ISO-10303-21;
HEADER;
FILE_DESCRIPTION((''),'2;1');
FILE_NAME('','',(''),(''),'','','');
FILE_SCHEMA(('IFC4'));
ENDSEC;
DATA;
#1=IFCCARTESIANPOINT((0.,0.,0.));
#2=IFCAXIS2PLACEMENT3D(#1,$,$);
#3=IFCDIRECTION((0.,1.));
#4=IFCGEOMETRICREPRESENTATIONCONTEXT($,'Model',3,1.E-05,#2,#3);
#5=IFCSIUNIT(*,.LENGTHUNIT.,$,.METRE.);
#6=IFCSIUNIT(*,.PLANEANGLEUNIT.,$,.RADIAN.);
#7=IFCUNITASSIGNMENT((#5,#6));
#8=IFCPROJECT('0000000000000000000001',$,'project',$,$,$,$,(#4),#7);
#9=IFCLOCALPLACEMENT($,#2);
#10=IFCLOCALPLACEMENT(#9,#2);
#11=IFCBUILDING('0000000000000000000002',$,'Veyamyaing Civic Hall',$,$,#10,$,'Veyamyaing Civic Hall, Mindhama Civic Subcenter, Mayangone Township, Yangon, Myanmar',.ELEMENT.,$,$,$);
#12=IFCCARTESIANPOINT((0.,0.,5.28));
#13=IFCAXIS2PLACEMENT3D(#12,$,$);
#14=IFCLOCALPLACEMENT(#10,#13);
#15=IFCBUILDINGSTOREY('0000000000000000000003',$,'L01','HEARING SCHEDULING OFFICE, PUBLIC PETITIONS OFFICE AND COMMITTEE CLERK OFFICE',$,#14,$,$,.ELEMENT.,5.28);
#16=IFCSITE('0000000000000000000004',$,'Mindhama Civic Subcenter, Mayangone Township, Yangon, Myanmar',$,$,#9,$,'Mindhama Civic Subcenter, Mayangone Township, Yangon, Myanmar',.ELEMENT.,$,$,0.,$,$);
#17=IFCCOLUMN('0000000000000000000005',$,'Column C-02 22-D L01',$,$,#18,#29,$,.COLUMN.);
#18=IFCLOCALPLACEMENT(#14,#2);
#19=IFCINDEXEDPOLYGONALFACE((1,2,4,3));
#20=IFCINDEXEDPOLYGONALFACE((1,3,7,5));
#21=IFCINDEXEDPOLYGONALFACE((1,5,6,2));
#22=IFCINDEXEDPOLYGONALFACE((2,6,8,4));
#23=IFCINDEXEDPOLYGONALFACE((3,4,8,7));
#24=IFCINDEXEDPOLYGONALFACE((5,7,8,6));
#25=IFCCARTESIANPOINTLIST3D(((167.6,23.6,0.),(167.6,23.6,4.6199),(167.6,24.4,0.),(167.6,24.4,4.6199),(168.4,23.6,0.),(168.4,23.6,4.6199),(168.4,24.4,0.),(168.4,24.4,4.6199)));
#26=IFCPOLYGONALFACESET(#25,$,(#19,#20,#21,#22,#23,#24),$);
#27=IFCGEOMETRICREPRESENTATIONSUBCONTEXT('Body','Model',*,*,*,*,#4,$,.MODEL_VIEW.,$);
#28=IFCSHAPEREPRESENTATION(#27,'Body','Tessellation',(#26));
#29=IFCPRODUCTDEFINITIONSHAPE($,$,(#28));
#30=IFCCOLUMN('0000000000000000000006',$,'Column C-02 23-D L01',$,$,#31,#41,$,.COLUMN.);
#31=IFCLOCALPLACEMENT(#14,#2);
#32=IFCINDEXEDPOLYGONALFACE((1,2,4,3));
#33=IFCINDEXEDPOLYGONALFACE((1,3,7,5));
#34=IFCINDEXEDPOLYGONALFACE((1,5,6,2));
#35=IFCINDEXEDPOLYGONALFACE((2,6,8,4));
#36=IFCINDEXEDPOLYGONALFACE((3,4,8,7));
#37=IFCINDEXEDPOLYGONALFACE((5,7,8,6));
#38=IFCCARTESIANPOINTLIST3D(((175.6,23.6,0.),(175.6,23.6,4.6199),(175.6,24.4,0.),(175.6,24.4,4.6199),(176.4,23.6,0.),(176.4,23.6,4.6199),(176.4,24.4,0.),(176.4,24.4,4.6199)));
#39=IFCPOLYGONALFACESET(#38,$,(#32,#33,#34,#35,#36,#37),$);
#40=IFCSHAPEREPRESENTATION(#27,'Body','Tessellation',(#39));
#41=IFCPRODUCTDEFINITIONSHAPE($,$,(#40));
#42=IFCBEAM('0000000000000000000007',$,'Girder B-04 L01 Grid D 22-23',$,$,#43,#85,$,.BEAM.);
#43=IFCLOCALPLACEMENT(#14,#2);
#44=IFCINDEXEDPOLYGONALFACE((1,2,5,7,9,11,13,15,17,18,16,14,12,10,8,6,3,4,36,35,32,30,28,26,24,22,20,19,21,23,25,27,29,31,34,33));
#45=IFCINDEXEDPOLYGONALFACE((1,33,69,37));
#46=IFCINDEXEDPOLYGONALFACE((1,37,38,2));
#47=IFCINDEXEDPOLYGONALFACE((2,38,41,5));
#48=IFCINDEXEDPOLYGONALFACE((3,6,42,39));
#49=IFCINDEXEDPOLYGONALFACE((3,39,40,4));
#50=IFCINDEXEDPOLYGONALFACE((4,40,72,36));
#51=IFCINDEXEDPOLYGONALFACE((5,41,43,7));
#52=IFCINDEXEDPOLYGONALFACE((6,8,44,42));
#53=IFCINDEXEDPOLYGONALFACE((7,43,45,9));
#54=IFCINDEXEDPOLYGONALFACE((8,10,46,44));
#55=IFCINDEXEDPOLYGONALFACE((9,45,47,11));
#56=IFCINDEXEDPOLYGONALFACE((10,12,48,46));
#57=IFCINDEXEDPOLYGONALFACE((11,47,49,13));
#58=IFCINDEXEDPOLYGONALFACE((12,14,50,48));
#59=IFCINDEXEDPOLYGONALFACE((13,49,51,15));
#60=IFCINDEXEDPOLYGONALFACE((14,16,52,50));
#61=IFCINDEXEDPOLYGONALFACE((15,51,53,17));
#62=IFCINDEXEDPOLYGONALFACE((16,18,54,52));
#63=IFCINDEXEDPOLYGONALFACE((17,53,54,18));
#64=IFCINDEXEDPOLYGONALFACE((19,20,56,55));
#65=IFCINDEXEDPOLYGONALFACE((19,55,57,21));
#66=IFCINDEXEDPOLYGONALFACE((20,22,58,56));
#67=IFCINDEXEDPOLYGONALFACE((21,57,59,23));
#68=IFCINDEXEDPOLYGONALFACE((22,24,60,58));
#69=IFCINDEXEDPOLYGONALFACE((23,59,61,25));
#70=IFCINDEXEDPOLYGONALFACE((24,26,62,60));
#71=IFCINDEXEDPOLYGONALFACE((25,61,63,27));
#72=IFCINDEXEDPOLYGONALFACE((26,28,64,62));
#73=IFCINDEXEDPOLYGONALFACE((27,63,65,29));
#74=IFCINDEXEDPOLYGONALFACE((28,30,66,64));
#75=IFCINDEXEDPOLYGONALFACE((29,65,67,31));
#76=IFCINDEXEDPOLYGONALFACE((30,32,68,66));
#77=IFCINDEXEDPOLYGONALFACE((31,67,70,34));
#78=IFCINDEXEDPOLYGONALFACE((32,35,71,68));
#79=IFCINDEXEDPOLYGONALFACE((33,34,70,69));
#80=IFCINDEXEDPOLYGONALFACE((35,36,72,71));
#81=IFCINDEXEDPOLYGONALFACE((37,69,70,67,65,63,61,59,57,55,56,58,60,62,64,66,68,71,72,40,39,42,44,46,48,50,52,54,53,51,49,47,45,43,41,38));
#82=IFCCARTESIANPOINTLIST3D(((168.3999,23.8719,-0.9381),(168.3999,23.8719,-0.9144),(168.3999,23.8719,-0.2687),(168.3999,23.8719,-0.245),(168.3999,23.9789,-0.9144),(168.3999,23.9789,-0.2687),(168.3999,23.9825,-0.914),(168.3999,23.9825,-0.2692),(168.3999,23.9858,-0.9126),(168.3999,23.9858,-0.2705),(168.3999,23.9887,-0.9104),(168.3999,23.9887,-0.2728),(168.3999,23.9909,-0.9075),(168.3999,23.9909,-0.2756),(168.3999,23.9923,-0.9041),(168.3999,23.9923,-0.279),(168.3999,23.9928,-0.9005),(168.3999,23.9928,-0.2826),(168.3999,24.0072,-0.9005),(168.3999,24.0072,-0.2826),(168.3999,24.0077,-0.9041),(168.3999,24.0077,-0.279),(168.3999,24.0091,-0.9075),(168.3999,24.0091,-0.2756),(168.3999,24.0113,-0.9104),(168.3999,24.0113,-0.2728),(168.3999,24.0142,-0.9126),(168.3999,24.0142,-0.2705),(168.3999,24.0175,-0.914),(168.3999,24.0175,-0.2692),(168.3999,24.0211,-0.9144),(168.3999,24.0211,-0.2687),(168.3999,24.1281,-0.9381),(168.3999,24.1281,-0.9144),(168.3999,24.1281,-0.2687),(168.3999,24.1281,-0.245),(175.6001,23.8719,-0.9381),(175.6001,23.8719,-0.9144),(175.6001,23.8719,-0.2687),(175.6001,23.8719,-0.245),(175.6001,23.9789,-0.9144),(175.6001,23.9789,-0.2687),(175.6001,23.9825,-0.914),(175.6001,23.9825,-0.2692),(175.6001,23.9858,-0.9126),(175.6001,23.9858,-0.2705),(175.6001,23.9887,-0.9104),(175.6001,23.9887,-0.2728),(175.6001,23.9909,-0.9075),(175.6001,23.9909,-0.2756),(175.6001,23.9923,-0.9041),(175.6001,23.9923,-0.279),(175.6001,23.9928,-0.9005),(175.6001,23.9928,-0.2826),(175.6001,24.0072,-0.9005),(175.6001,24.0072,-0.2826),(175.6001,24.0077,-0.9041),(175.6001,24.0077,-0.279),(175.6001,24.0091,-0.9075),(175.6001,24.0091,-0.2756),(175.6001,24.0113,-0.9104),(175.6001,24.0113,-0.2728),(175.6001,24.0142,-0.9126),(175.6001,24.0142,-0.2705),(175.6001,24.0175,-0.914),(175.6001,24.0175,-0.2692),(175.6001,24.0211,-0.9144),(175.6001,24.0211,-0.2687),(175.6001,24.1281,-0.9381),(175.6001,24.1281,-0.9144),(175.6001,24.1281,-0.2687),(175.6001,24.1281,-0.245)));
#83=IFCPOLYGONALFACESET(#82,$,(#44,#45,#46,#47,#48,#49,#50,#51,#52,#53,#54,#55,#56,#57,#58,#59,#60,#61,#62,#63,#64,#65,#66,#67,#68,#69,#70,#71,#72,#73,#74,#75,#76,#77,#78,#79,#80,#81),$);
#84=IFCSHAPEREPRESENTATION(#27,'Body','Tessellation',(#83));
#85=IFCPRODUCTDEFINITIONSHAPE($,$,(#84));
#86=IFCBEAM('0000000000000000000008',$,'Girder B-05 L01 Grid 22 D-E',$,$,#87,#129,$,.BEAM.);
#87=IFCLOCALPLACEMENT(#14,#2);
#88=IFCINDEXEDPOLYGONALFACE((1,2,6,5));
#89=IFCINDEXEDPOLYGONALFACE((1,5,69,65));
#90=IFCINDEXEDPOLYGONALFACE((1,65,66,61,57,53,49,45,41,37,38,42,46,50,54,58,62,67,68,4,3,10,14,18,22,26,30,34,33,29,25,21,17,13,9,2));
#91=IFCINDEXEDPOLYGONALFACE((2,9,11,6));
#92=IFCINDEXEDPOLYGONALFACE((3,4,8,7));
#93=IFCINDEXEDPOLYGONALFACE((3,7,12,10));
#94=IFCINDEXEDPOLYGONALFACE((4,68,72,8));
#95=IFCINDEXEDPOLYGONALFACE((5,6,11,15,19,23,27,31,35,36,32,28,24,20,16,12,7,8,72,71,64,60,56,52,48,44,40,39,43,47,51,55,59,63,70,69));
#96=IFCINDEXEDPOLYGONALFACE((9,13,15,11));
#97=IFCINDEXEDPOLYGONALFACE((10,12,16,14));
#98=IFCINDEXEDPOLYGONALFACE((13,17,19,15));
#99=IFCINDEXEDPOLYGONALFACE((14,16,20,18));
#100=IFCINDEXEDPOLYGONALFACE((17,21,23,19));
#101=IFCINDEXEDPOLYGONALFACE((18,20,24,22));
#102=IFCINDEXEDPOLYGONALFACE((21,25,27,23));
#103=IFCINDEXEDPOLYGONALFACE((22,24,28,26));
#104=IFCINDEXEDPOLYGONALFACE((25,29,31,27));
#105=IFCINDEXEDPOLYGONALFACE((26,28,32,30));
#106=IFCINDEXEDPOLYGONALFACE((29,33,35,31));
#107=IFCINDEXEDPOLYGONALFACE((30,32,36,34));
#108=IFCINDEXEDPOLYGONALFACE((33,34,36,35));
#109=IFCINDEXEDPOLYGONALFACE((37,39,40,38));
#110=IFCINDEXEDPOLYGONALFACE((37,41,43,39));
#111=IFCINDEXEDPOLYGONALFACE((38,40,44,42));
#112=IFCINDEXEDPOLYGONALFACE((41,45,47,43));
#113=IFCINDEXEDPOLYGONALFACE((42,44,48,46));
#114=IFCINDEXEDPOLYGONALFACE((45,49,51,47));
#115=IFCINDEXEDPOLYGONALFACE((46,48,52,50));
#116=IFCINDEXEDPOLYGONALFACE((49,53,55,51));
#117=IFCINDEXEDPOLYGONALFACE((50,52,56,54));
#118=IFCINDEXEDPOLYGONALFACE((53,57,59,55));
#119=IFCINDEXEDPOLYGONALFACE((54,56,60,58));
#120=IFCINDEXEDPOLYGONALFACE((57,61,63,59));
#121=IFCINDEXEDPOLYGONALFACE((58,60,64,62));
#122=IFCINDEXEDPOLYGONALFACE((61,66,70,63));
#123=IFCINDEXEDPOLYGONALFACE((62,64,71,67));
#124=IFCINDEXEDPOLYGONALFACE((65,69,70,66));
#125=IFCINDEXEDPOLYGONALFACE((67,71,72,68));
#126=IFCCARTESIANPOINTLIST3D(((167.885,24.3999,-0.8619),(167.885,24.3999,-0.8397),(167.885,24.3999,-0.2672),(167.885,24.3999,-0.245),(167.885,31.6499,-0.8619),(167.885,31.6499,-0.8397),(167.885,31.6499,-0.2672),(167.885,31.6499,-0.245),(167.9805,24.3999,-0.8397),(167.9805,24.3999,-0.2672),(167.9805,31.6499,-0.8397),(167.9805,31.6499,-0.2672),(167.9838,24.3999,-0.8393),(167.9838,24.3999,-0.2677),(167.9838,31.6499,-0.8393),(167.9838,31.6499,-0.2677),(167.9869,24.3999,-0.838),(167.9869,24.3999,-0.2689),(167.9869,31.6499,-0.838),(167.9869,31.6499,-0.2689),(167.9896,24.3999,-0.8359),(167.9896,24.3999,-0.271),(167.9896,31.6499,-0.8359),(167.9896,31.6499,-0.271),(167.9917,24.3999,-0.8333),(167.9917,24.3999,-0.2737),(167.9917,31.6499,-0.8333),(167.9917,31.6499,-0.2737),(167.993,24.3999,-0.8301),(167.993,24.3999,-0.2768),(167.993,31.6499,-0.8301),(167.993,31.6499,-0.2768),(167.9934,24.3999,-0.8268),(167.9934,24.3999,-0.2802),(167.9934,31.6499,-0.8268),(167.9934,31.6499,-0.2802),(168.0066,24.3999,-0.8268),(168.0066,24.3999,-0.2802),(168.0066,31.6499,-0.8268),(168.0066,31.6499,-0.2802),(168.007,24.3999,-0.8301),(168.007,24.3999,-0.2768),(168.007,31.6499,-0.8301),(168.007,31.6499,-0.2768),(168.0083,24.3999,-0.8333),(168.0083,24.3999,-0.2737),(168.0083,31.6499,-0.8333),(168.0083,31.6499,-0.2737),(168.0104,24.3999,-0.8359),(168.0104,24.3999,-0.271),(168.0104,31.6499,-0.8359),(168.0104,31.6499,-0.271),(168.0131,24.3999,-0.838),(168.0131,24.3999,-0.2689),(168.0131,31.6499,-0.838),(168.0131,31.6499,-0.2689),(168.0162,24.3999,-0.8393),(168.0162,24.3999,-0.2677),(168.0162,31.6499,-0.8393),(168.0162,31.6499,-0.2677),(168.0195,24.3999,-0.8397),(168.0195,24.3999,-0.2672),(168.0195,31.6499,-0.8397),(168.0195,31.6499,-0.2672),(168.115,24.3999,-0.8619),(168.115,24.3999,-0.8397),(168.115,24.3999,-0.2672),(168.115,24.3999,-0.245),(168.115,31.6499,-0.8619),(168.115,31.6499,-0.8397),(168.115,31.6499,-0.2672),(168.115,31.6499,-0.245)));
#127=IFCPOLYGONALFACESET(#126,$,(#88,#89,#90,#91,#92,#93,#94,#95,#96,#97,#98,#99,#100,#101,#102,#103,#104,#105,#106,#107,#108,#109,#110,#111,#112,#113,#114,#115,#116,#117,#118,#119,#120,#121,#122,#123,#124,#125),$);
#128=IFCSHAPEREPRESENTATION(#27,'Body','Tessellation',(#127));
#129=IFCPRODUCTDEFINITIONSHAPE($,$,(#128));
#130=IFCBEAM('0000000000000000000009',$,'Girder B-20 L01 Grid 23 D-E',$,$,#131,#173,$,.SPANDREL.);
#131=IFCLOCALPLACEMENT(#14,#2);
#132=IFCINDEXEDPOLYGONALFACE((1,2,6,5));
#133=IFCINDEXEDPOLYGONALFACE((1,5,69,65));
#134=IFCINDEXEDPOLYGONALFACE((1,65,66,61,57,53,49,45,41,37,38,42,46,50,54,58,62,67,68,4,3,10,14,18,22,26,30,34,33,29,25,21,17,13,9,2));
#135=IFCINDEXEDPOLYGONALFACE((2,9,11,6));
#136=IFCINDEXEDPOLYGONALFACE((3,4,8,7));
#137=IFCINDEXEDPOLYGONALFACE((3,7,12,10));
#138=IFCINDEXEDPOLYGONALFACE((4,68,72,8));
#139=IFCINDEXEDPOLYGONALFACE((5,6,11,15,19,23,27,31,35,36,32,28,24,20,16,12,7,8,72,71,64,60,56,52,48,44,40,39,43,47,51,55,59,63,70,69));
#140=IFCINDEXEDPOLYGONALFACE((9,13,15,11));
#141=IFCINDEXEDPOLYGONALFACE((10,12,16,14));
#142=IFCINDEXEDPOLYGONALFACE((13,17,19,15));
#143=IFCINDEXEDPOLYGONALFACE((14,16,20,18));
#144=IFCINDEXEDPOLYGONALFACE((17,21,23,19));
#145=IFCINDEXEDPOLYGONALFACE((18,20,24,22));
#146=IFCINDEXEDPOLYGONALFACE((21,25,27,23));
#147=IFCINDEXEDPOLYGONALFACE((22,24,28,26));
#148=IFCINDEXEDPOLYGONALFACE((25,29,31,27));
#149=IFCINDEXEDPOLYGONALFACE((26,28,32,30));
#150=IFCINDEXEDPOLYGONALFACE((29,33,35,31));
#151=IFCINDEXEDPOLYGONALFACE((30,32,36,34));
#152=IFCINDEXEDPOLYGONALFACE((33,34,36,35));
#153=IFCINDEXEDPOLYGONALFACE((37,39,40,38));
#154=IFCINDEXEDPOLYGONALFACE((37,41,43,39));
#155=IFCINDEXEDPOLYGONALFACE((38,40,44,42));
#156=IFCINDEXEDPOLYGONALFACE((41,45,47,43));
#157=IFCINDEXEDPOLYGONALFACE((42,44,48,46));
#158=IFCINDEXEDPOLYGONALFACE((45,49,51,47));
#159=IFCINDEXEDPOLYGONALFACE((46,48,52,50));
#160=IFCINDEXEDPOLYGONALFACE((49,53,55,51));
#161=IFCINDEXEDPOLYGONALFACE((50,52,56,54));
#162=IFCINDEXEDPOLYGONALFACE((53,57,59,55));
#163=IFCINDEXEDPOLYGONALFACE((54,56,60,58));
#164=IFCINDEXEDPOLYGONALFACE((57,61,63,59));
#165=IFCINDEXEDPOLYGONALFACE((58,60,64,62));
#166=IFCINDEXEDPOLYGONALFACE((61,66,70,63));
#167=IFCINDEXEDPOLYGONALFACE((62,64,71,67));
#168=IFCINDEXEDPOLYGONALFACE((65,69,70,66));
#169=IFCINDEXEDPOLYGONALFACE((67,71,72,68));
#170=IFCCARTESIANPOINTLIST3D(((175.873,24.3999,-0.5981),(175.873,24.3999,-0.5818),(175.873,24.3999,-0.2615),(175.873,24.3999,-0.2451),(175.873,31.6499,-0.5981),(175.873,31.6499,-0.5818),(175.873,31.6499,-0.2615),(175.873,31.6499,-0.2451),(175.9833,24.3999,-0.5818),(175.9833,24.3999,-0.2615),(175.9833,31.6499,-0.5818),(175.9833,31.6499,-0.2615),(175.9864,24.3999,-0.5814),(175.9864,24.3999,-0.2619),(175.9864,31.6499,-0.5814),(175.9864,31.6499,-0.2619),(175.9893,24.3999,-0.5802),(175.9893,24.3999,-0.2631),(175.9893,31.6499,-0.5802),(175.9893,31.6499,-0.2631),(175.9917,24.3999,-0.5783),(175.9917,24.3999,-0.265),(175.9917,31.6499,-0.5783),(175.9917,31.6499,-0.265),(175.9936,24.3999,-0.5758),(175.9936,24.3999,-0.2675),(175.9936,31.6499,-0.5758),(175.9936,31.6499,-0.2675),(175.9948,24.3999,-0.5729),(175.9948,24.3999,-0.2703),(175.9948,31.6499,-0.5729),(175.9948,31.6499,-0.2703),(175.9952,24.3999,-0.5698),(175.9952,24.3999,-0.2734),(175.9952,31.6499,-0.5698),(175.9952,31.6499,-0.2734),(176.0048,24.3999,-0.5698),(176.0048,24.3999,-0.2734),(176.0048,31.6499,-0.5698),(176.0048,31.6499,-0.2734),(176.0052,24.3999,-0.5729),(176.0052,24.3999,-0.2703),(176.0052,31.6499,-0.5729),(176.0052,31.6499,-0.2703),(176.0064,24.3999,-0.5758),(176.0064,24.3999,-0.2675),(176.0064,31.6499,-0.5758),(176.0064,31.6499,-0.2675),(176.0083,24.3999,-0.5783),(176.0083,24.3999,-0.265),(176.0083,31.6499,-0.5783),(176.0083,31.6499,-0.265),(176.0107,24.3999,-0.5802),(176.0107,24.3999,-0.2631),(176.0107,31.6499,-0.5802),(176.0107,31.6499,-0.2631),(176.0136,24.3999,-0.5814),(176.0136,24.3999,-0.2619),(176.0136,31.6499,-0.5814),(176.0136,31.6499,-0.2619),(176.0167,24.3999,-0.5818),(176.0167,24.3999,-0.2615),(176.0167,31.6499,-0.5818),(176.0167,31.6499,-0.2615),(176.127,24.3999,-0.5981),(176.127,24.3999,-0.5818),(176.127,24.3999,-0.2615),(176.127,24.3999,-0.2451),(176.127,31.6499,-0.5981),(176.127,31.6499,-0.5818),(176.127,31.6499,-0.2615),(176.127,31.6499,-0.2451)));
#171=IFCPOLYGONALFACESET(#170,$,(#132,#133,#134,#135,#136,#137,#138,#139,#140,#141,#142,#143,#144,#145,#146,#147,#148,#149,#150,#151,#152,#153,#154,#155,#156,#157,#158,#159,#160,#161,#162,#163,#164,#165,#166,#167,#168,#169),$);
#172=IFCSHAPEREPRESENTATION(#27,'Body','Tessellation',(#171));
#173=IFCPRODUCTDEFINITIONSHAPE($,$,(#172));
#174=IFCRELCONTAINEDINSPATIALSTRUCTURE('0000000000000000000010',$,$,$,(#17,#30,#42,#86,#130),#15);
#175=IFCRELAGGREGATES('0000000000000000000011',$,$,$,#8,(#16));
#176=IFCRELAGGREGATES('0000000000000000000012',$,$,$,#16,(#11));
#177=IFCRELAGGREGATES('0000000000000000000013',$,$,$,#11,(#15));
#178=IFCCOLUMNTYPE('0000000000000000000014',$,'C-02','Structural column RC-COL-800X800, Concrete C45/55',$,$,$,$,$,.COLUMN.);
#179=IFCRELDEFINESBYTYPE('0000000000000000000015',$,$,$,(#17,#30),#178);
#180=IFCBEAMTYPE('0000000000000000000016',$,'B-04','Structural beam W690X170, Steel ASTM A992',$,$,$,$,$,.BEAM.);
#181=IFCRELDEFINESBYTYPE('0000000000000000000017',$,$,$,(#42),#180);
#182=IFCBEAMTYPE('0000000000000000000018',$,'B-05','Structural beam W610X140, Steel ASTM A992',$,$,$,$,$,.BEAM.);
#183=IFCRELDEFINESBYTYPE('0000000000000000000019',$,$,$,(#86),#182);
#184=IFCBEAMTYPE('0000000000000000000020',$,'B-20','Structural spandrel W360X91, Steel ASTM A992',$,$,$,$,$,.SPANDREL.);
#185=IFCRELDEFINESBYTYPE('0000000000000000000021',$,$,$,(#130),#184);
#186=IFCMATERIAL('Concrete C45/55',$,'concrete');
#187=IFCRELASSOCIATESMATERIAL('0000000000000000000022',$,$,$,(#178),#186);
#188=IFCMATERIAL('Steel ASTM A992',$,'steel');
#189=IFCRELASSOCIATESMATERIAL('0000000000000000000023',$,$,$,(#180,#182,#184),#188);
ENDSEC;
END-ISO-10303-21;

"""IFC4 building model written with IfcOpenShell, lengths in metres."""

from ifc_helpers import new_model, si_unit, direction, frame, origin, origin_2d, place, context, subcontext, project, spatial, rectangle, i_section, extrude, material, material_profile, profile_set, type_object, element, save


model = new_model("IFC4")

# Units and contexts
model_context = context("Model", 3, precision=1e-05, world=origin(), true_north=direction((0.0, 1.0)))
body_context = subcontext(model_context, "Body", "Model", "MODEL_VIEW")
ifc_project = project(units=[si_unit("LENGTHUNIT", "METRE"), si_unit("PLANEANGLEUNIT", "RADIAN")], contexts=[model_context])

# Site, building, storey
site_placement = place(None, origin())
site = spatial("IfcSite", under=ifc_project, at=site_placement, Name="Mindhama Civic Subcenter, Mayangone Township, Yangon, Myanmar", LongName="Mindhama Civic Subcenter, Mayangone Township, Yangon, Myanmar", CompositionType="ELEMENT", RefElevation=0.0)
building_placement = place(site_placement, origin())
building = spatial("IfcBuilding", under=site, at=building_placement, Name="Veyamyaing Civic Hall", LongName="Veyamyaing Civic Hall, Mindhama Civic Subcenter, Mayangone Township, Yangon, Myanmar", CompositionType="ELEMENT")
storey_placement = place(building_placement, frame((0.0, 0.0, 5.28)))
storey = spatial("IfcBuildingStorey", under=building, at=storey_placement, Name="L01", Description="HEARING SCHEDULING OFFICE, PUBLIC PETITIONS OFFICE AND COMMITTEE CLERK OFFICE", CompositionType="ELEMENT", Elevation=5.28)

# Columns
ifc_material_1 = material(Name="Concrete C45/55", Category="concrete")
ifc_material_profile_1 = material_profile(ifc_material_1, rectangle(XDim=0.8, YDim=0.8, at=origin_2d()), Name="RC-COL-800X800")
ifc_profile_set_1 = profile_set([ifc_material_profile_1], Name="Concrete C45/55")
column_type = type_object("IfcColumnType", Name="C-02", Description="Structural column RC-COL-800X800, Concrete C45/55", PredefinedType="COLUMN", material=ifc_profile_set_1)
for number, where, z_axis, x_axis, name in (
    (1, (168.0, 24.0, 0.0), (0.0, 0.0, 1.0), (1.0, 0.0, 0.0), "Column C-02 22-D L01"),
    (2, (176.0, 24.0, 0.0), (0.0, 0.0, 1.0), (1.0, 0.0, 0.0), "Column C-02 23-D L01"),
):
    element("IfcColumn", number, at=place(storey_placement, frame(where, z_axis=z_axis, x_axis=x_axis)), inside=storey, type_object=column_type, Name=name, PredefinedType="COLUMN", context=body_context, shape_type="SweptSolid", body=[
        extrude(rectangle(XDim=0.8, YDim=0.8, at=origin_2d()), origin(), (0.0, 0.0, 1.0), 4.6199),
    ])

# Beams
ifc_material_2 = material(Name="Steel ASTM A992", Category="steel")
ifc_material_profile_2 = material_profile(ifc_material_2, i_section(OverallWidth=0.2561, OverallDepth=0.6931, WebThickness=0.0144, FlangeThickness=0.0237, FilletRadius=0.0139, at=origin_2d()), Name="W690X170")
ifc_profile_set_2 = profile_set([ifc_material_profile_2], Name="Steel ASTM A992")
beam_type_1 = type_object("IfcBeamType", Name="B-04", Description="Structural beam W690X170, Steel ASTM A992", PredefinedType="BEAM", material=ifc_profile_set_2)
beam_1_placement = place(storey_placement, frame((168.3999, 24.0, -0.5916), z_axis=(1.0, 0.0, 0.0), x_axis=(0.0, 1.0, 0.0)))
element("IfcBeam", 3, at=beam_1_placement, inside=storey, type_object=beam_type_1, Name="Girder B-04 L01 Grid D 22-23", PredefinedType="BEAM", context=body_context, shape_type="SweptSolid", body=[
    extrude(i_section(OverallWidth=0.2561, OverallDepth=0.6931, WebThickness=0.0144, FlangeThickness=0.0237, FilletRadius=0.0139, at=origin_2d()), origin(), (0.0, 0.0, 1.0), 7.2002),
])
ifc_material_profile_3 = material_profile(ifc_material_2, i_section(OverallWidth=0.23, OverallDepth=0.6169, WebThickness=0.0132, FlangeThickness=0.0222, FilletRadius=0.0129, at=origin_2d()), Name="W610X140")
ifc_profile_set_3 = profile_set([ifc_material_profile_3], Name="Steel ASTM A992")
beam_type_2 = type_object("IfcBeamType", Name="B-05", Description="Structural beam W610X140, Steel ASTM A992", PredefinedType="BEAM", material=ifc_profile_set_3)
beam_2_placement = place(storey_placement, frame((168.0, 24.3999, -0.5535), z_axis=(0.0, 1.0, 0.0), x_axis=(-1.0, 0.0, 0.0)))
element("IfcBeam", 4, at=beam_2_placement, inside=storey, type_object=beam_type_2, Name="Girder B-05 L01 Grid 22 D-E", PredefinedType="BEAM", context=body_context, shape_type="SweptSolid", body=[
    extrude(i_section(OverallWidth=0.23, OverallDepth=0.6169, WebThickness=0.0132, FlangeThickness=0.0222, FilletRadius=0.0129, at=origin_2d()), origin(), (0.0, 0.0, 1.0), 7.25),
])
ifc_material_profile_4 = material_profile(ifc_material_2, i_section(OverallWidth=0.2539, OverallDepth=0.353, WebThickness=0.0095, FlangeThickness=0.0164, FilletRadius=0.012, at=origin_2d()), Name="W360X91")
ifc_profile_set_4 = profile_set([ifc_material_profile_4], Name="Steel ASTM A992")
beam_type_3 = type_object("IfcBeamType", Name="B-20", Description="Structural spandrel W360X91, Steel ASTM A992", PredefinedType="SPANDREL", material=ifc_profile_set_4)
beam_3_placement = place(storey_placement, frame((176.0, 24.3999, -0.4216), z_axis=(0.0, 1.0, 0.0), x_axis=(-1.0, 0.0, 0.0)))
element("IfcBeam", 5, at=beam_3_placement, inside=storey, type_object=beam_type_3, Name="Girder B-20 L01 Grid 23 D-E", PredefinedType="SPANDREL", context=body_context, shape_type="SweptSolid", body=[
    extrude(i_section(OverallWidth=0.2539, OverallDepth=0.353, WebThickness=0.0095, FlangeThickness=0.0164, FilletRadius=0.012, at=origin_2d()), origin(), (0.0, 0.0, 1.0), 7.25),
])

save(model, "model.ifc")
